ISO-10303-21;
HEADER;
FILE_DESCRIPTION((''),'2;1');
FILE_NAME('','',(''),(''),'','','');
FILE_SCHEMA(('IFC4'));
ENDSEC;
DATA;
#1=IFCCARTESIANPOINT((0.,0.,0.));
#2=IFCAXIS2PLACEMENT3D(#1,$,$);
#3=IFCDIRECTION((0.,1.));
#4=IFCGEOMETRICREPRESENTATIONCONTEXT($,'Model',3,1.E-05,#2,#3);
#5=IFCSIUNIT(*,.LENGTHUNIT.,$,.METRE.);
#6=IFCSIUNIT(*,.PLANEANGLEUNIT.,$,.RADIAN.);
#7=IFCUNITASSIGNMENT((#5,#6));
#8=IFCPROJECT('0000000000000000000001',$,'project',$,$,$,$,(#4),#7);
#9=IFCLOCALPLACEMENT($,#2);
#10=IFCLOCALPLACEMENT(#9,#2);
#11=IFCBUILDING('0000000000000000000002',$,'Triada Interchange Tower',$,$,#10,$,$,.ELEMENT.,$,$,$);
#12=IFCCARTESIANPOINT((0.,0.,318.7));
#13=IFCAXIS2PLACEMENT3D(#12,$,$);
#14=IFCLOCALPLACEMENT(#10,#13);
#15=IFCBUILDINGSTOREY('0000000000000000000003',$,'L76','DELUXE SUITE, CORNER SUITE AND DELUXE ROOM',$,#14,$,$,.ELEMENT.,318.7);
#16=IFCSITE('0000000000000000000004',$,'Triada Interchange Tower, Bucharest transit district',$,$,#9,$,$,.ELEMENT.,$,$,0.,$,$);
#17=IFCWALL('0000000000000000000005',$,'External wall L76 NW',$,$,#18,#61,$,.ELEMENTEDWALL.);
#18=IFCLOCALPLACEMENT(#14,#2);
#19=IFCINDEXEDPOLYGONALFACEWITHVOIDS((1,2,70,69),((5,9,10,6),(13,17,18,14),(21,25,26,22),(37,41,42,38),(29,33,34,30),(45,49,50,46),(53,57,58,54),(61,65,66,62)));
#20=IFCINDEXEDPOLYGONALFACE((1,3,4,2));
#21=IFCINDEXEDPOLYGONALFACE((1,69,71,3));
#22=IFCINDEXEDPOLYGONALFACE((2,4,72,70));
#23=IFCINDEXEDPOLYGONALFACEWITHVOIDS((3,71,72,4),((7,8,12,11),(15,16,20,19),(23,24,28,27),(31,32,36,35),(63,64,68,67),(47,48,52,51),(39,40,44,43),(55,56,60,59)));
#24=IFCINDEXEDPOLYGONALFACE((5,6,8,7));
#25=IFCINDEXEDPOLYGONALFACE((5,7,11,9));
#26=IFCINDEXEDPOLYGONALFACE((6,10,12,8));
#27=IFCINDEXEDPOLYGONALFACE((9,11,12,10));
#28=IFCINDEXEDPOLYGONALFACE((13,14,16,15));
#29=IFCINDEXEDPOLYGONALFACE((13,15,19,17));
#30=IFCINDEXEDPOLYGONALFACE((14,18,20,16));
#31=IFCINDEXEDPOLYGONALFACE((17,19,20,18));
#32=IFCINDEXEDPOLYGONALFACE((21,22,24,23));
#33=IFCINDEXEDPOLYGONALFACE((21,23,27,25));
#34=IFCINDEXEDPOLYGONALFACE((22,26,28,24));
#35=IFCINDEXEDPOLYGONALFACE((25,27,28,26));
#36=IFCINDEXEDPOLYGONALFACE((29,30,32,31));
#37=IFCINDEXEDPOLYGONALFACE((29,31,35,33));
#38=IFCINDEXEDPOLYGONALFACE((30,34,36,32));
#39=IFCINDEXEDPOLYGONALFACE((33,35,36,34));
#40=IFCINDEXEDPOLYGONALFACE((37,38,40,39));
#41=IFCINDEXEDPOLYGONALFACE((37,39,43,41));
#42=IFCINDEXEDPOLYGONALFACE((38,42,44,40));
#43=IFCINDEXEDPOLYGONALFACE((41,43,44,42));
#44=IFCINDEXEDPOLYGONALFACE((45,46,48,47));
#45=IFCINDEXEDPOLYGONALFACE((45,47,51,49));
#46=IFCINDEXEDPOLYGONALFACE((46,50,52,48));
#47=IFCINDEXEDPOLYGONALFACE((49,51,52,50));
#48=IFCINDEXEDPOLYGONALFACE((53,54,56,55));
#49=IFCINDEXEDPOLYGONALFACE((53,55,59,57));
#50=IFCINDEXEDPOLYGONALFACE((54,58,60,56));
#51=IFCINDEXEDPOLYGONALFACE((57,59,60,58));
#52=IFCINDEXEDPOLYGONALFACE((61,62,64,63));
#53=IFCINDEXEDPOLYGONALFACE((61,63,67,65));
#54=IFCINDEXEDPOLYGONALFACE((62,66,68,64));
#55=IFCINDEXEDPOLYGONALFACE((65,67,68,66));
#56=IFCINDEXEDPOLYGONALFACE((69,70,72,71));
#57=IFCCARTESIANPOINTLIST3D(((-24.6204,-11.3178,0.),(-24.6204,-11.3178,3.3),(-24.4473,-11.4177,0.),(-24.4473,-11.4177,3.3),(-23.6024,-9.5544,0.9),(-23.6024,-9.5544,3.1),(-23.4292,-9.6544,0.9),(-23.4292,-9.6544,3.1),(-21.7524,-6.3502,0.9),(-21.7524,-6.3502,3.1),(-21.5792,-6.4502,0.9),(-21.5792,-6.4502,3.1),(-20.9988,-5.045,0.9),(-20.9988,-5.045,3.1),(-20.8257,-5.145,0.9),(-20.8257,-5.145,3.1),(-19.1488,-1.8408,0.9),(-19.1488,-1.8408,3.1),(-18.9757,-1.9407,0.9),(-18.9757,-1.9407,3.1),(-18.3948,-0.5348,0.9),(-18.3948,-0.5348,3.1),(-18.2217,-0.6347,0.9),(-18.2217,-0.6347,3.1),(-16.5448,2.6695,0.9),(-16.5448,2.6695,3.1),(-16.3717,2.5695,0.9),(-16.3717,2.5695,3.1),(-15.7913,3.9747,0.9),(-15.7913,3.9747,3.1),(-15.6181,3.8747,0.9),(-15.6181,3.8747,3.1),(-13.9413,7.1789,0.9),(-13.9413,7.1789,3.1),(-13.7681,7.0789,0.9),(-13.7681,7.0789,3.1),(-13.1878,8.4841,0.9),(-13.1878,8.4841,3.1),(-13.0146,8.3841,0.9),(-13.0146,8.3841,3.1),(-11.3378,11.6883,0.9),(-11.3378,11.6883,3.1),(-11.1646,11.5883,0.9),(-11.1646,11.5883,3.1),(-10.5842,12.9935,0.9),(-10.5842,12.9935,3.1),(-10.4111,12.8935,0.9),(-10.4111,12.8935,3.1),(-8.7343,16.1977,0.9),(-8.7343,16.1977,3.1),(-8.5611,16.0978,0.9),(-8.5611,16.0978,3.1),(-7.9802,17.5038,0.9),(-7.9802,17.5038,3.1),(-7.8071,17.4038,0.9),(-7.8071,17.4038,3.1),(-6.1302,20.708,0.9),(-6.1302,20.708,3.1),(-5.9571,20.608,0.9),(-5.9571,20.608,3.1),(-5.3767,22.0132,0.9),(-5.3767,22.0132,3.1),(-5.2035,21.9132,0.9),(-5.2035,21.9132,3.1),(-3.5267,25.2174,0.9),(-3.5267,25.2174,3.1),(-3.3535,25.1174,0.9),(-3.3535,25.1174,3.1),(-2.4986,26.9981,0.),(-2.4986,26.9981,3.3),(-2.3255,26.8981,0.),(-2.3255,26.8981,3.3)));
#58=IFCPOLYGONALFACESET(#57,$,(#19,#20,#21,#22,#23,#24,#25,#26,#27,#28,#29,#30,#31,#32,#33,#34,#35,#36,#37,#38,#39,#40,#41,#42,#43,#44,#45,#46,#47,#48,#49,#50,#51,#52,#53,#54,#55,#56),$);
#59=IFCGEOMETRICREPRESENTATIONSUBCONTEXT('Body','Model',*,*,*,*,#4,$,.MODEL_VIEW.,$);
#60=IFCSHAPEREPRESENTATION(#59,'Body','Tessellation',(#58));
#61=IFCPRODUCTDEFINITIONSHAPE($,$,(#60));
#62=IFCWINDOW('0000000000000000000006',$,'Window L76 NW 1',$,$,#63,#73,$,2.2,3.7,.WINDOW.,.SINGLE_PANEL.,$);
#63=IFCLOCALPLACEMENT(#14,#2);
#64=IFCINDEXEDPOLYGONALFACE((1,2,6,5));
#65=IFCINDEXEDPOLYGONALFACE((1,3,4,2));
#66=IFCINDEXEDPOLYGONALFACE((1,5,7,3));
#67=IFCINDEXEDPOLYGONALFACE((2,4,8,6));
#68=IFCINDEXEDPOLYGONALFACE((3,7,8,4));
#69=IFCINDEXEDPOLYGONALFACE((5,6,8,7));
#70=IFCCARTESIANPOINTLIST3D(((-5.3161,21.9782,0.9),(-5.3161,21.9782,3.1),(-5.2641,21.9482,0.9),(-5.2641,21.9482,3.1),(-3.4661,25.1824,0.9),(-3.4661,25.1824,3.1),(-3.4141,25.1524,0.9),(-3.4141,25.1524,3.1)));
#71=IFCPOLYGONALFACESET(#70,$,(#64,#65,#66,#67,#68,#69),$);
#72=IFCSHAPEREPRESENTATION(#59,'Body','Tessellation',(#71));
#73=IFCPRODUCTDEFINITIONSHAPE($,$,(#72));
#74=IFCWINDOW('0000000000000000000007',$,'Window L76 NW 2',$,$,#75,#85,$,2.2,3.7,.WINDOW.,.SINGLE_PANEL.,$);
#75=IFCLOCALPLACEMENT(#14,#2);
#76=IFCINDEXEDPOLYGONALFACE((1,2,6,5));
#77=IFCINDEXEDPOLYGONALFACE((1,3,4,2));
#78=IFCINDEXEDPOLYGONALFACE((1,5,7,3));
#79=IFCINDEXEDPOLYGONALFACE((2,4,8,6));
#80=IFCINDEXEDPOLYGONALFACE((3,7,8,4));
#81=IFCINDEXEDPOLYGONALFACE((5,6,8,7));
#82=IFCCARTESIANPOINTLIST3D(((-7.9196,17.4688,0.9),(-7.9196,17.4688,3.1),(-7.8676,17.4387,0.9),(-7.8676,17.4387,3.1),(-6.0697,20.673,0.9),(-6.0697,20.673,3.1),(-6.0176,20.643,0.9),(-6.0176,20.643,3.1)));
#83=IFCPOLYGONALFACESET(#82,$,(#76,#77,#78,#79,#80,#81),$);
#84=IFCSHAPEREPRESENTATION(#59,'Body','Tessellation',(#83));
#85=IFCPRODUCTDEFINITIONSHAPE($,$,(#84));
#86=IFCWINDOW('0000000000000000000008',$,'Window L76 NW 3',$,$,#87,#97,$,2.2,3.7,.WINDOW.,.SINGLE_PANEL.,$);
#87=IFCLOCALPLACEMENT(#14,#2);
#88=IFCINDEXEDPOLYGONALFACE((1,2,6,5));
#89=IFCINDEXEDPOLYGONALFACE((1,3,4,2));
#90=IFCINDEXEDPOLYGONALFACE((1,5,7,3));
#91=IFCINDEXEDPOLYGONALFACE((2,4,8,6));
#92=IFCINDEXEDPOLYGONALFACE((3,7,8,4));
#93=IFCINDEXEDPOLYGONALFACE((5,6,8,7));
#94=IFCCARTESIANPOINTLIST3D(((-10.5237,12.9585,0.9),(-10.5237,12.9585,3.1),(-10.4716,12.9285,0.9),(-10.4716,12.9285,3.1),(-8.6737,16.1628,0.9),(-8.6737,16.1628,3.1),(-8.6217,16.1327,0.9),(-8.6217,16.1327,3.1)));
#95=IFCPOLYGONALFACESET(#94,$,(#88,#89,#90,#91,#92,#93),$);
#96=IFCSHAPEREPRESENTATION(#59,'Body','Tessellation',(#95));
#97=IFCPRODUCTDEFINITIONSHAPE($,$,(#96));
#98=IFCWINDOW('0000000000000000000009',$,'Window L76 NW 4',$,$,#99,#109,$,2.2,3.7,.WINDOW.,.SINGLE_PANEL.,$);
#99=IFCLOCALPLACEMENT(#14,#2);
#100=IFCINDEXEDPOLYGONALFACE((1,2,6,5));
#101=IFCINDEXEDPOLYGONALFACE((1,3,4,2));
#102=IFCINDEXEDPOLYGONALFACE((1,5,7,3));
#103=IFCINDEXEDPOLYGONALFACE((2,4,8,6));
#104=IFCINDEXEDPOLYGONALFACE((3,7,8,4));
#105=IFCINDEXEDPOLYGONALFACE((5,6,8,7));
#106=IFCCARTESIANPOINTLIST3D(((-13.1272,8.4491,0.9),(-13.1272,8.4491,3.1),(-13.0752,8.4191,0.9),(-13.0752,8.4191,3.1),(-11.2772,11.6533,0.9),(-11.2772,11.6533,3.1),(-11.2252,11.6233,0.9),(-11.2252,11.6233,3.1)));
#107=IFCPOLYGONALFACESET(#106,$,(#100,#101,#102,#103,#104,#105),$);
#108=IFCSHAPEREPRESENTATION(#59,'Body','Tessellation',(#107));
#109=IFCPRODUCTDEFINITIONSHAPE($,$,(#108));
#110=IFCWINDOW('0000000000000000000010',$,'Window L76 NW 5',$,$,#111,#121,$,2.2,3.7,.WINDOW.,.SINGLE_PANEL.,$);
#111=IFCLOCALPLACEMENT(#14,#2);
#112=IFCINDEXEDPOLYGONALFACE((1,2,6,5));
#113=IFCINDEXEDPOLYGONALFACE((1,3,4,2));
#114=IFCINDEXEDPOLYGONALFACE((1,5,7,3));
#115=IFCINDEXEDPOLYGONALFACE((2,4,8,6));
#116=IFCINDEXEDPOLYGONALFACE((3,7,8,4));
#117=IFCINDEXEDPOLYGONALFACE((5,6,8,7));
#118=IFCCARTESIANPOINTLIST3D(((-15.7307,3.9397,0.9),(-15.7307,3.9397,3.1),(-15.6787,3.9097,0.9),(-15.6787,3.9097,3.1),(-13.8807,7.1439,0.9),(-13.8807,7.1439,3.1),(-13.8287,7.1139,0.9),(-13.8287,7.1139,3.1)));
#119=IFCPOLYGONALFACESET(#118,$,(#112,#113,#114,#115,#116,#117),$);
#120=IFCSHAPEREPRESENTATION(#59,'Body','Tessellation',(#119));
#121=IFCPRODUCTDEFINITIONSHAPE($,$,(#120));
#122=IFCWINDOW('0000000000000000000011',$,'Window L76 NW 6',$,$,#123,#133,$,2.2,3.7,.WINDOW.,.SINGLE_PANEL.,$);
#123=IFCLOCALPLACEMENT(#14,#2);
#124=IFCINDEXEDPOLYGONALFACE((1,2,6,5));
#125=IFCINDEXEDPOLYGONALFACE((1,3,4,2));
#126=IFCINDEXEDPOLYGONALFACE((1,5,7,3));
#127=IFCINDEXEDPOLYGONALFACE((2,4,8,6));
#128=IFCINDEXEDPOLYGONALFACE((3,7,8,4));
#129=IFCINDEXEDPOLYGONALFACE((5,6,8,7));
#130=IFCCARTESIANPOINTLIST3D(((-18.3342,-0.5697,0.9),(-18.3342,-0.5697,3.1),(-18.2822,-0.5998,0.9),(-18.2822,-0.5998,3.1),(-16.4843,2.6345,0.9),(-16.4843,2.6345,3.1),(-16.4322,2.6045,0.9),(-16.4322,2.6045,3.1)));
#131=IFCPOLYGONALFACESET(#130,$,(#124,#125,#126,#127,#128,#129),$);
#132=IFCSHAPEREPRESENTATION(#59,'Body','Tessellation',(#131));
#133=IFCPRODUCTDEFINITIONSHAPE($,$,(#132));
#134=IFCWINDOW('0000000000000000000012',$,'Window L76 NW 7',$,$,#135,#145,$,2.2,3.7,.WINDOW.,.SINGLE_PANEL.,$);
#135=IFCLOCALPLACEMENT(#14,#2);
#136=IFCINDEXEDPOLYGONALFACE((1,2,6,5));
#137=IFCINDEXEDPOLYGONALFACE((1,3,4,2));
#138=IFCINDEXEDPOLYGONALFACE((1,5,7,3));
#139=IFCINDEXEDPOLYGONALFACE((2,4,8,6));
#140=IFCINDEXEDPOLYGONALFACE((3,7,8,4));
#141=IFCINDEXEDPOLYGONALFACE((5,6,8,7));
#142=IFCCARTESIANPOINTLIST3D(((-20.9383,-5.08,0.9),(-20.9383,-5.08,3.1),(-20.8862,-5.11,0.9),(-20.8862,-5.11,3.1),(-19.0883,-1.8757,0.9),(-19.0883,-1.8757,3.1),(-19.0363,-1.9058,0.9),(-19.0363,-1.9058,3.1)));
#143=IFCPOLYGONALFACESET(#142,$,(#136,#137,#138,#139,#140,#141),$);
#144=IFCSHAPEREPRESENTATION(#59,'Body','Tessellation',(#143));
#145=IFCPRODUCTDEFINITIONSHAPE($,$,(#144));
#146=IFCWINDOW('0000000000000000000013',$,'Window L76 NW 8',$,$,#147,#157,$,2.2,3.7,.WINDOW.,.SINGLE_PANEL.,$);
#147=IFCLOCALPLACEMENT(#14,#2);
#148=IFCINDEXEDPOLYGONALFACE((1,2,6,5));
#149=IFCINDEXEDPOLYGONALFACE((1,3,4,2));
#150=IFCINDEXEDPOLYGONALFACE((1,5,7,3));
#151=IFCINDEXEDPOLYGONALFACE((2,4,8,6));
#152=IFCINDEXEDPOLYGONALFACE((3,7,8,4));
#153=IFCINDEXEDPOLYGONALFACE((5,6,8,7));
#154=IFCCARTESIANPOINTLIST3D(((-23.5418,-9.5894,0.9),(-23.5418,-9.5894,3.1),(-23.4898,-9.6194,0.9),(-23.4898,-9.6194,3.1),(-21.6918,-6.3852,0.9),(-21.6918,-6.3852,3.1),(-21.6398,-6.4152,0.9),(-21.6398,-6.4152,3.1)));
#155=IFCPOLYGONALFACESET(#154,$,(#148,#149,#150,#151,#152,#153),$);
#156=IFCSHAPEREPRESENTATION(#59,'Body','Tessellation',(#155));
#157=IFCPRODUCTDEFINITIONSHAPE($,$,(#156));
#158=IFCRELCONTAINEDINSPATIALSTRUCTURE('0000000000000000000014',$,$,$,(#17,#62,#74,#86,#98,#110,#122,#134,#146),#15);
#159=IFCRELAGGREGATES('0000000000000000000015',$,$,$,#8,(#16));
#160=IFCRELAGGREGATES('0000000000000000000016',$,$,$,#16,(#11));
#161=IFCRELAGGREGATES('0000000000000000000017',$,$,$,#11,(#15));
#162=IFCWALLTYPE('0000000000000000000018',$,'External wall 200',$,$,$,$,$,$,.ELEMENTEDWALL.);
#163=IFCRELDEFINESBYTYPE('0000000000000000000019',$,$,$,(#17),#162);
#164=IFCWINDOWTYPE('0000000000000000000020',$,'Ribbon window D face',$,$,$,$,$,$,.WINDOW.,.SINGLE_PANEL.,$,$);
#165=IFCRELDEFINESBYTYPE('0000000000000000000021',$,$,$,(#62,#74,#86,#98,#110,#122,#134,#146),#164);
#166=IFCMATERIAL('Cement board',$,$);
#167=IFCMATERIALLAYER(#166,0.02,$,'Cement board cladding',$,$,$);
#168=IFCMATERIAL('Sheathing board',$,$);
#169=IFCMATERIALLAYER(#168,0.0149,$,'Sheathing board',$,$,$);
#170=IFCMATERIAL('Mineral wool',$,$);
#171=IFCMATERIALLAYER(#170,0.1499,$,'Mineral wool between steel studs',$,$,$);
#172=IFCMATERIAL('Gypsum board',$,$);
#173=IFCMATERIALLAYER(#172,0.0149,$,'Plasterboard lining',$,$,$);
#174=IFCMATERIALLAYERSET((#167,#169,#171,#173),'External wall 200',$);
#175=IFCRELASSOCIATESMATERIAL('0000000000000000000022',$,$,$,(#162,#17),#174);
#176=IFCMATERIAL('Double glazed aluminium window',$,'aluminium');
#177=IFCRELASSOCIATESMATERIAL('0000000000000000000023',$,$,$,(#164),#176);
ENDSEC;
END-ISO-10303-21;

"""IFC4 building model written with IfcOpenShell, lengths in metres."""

from ifc_helpers import new_model, si_unit, direction, frame, frame_2d, origin, place, context, subcontext, project, spatial, rectangle, extrude, material, layer, layer_set, layer_usage, type_object, element, fill, save


model = new_model("IFC4")

# Units and contexts
model_context = context("Model", 3, precision=1e-05, world=origin(), true_north=direction((0.0, 1.0)))
body_context = subcontext(model_context, "Body", "Model", "MODEL_VIEW")
ifc_project = project(units=[si_unit("LENGTHUNIT", "METRE"), si_unit("PLANEANGLEUNIT", "RADIAN")], contexts=[model_context])

# Site, building, storey
site_placement = place(None, origin())
site = spatial("IfcSite", under=ifc_project, at=site_placement, Name="Triada Interchange Tower, Bucharest transit district", CompositionType="ELEMENT", RefElevation=0.0)
building_placement = place(site_placement, origin())
building = spatial("IfcBuilding", under=site, at=building_placement, Name="Triada Interchange Tower", CompositionType="ELEMENT")
storey_placement = place(building_placement, frame((0.0, 0.0, 318.7)))
storey = spatial("IfcBuildingStorey", under=building, at=storey_placement, Name="L76", Description="DELUXE SUITE, CORNER SUITE AND DELUXE ROOM", CompositionType="ELEMENT", Elevation=318.7)

# Wall, openings, windows
ifc_material_1 = material(Name="Cement board")
ifc_layer_1 = layer(ifc_material_1, 0.02, Name="Cement board cladding")
ifc_material_2 = material(Name="Sheathing board")
ifc_layer_2 = layer(ifc_material_2, 0.0149, Name="Sheathing board")
ifc_material_3 = material(Name="Mineral wool")
ifc_layer_3 = layer(ifc_material_3, 0.1499, Name="Mineral wool between steel studs")
ifc_material_4 = material(Name="Gypsum board")
ifc_layer_4 = layer(ifc_material_4, 0.0149, Name="Plasterboard lining")
ifc_layer_set_1 = layer_set([ifc_layer_1, ifc_layer_2, ifc_layer_3, ifc_layer_4], Name="External wall 200")
ifc_layer_usage = layer_usage(ifc_layer_set_1, "AXIS2", "POSITIVE", -0.1001)
wall_type = type_object("IfcWallType", Name="External wall 200", PredefinedType="ELEMENTEDWALL", material=ifc_layer_set_1)
wall_placement = place(storey_placement, frame((-2.4121, 26.948, 0.0), z_axis=(0.0, 0.0, 1.0), x_axis=(-0.500002, -0.866024, 0.0)))
wall = element("IfcWall", 1, at=wall_placement, inside=storey, type_object=wall_type, material=ifc_layer_usage, Name="External wall L76 NW", PredefinedType="ELEMENTEDWALL", context=body_context, shape_type="SweptSolid", body=[
    extrude(rectangle(XDim=44.2434, YDim=0.2, at=frame_2d((22.1216, 0.0))), origin(), (0.0, 0.0, 1.0), 3.3),
])
opening_1_placement = place(wall_placement, frame((2.0559, 0.0, 0.8999)))
opening_1 = element("IfcOpeningElement", 2, at=opening_1_placement, cuts=wall, PredefinedType="OPENING", context=body_context, shape_type="SweptSolid", body=[
    extrude(rectangle(XDim=3.7, YDim=2.2, at=frame_2d((1.8501, 1.1001))), frame((0.0, 0.1099, 0.0), z_axis=(0.0, -1.0, 0.0), x_axis=(1.0, 0.0, 0.0)), (0.0, 0.0, 1.0), 0.22),
])
opening_2_placement = place(wall_placement, frame((7.2629, 0.0, 0.8999)))
opening_2 = element("IfcOpeningElement", 3, at=opening_2_placement, cuts=wall, PredefinedType="OPENING", context=body_context, shape_type="SweptSolid", body=[
    extrude(rectangle(XDim=3.7, YDim=2.2, at=frame_2d((1.8501, 1.1001))), frame((0.0, 0.1099, 0.0), z_axis=(0.0, -1.0, 0.0), x_axis=(1.0, 0.0, 0.0)), (0.0, 0.0, 1.0), 0.22),
])
opening_3_placement = place(wall_placement, frame((12.4709, 0.0, 0.8999)))
opening_3 = element("IfcOpeningElement", 4, at=opening_3_placement, cuts=wall, PredefinedType="OPENING", context=body_context, shape_type="SweptSolid", body=[
    extrude(rectangle(XDim=3.7, YDim=2.2, at=frame_2d((1.8501, 1.1001))), frame((0.0, 0.1099, 0.0), z_axis=(0.0, -1.0, 0.0), x_axis=(1.0, 0.0, 0.0)), (0.0, 0.0, 1.0), 0.22),
])
opening_4_placement = place(wall_placement, frame((17.678, 0.0, 0.8999)))
opening_4 = element("IfcOpeningElement", 5, at=opening_4_placement, cuts=wall, PredefinedType="OPENING", context=body_context, shape_type="SweptSolid", body=[
    extrude(rectangle(XDim=3.7, YDim=2.2, at=frame_2d((1.8501, 1.1001))), frame((0.0, 0.1099, 0.0), z_axis=(0.0, -1.0, 0.0), x_axis=(1.0, 0.0, 0.0)), (0.0, 0.0, 1.0), 0.22),
])
opening_5_placement = place(wall_placement, frame((22.885, 0.0, 0.8999)))
opening_5 = element("IfcOpeningElement", 6, at=opening_5_placement, cuts=wall, PredefinedType="OPENING", context=body_context, shape_type="SweptSolid", body=[
    extrude(rectangle(XDim=3.7, YDim=2.2, at=frame_2d((1.8501, 1.1001))), frame((0.0, 0.1099, 0.0), z_axis=(0.0, -1.0, 0.0), x_axis=(1.0, 0.0, 0.0)), (0.0, 0.0, 1.0), 0.22),
])
opening_6_placement = place(wall_placement, frame((28.092, 0.0, 0.8999)))
opening_6 = element("IfcOpeningElement", 7, at=opening_6_placement, cuts=wall, PredefinedType="OPENING", context=body_context, shape_type="SweptSolid", body=[
    extrude(rectangle(XDim=3.7, YDim=2.2, at=frame_2d((1.8501, 1.1001))), frame((0.0, 0.1099, 0.0), z_axis=(0.0, -1.0, 0.0), x_axis=(1.0, 0.0, 0.0)), (0.0, 0.0, 1.0), 0.22),
])
opening_7_placement = place(wall_placement, frame((33.3, 0.0, 0.8999)))
opening_7 = element("IfcOpeningElement", 8, at=opening_7_placement, cuts=wall, PredefinedType="OPENING", context=body_context, shape_type="SweptSolid", body=[
    extrude(rectangle(XDim=3.7, YDim=2.2, at=frame_2d((1.8501, 1.1001))), frame((0.0, 0.1099, 0.0), z_axis=(0.0, -1.0, 0.0), x_axis=(1.0, 0.0, 0.0)), (0.0, 0.0, 1.0), 0.22),
])
opening_8_placement = place(wall_placement, frame((38.5071, 0.0, 0.8999)))
opening_8 = element("IfcOpeningElement", 9, at=opening_8_placement, cuts=wall, PredefinedType="OPENING", context=body_context, shape_type="SweptSolid", body=[
    extrude(rectangle(XDim=3.7, YDim=2.2, at=frame_2d((1.8501, 1.1001))), frame((0.0, 0.1099, 0.0), z_axis=(0.0, -1.0, 0.0), x_axis=(1.0, 0.0, 0.0)), (0.0, 0.0, 1.0), 0.22),
])
ifc_material_5 = material(Name="Double glazed aluminium window", Category="aluminium")
window_type = type_object("IfcWindowType", Name="Ribbon window D face", PartitioningType="SINGLE_PANEL", PredefinedType="WINDOW", material=ifc_material_5)
window_1_placement = place(opening_1_placement, origin())
window_1 = element("IfcWindow", 10, at=window_1_placement, inside=storey, type_object=window_type, Name="Window L76 NW 1", OverallHeight=2.2, OverallWidth=3.7, PartitioningType="SINGLE_PANEL", PredefinedType="WINDOW", context=body_context, shape_type="SweptSolid", body=[
    extrude(rectangle(XDim=3.7, YDim=2.2, at=frame_2d((1.8501, 1.1001))), frame((0.0, 0.03, 0.0), z_axis=(0.0, -1.0, 0.0), x_axis=(1.0, 0.0, 0.0)), (0.0, 0.0, 1.0), 0.0601),
])
fill(opening_1, window_1)
window_2_placement = place(opening_2_placement, origin())
window_2 = element("IfcWindow", 11, at=window_2_placement, inside=storey, type_object=window_type, Name="Window L76 NW 2", OverallHeight=2.2, OverallWidth=3.7, PartitioningType="SINGLE_PANEL", PredefinedType="WINDOW", context=body_context, shape_type="SweptSolid", body=[
    extrude(rectangle(XDim=3.7, YDim=2.2, at=frame_2d((1.8501, 1.1001))), frame((0.0, 0.03, 0.0), z_axis=(0.0, -1.0, 0.0), x_axis=(1.0, 0.0, 0.0)), (0.0, 0.0, 1.0), 0.0601),
])
fill(opening_2, window_2)
window_3_placement = place(opening_3_placement, origin())
window_3 = element("IfcWindow", 12, at=window_3_placement, inside=storey, type_object=window_type, Name="Window L76 NW 3", OverallHeight=2.2, OverallWidth=3.7, PartitioningType="SINGLE_PANEL", PredefinedType="WINDOW", context=body_context, shape_type="SweptSolid", body=[
    extrude(rectangle(XDim=3.7, YDim=2.2, at=frame_2d((1.8501, 1.1001))), frame((0.0, 0.03, 0.0), z_axis=(0.0, -1.0, 0.0), x_axis=(1.0, 0.0, 0.0)), (0.0, 0.0, 1.0), 0.0601),
])
fill(opening_3, window_3)
window_4_placement = place(opening_4_placement, origin())
window_4 = element("IfcWindow", 13, at=window_4_placement, inside=storey, type_object=window_type, Name="Window L76 NW 4", OverallHeight=2.2, OverallWidth=3.7, PartitioningType="SINGLE_PANEL", PredefinedType="WINDOW", context=body_context, shape_type="SweptSolid", body=[
    extrude(rectangle(XDim=3.7, YDim=2.2, at=frame_2d((1.8501, 1.1001))), frame((0.0, 0.03, 0.0), z_axis=(0.0, -1.0, 0.0), x_axis=(1.0, 0.0, 0.0)), (0.0, 0.0, 1.0), 0.0601),
])
fill(opening_4, window_4)
window_5_placement = place(opening_5_placement, origin())
window_5 = element("IfcWindow", 14, at=window_5_placement, inside=storey, type_object=window_type, Name="Window L76 NW 5", OverallHeight=2.2, OverallWidth=3.7, PartitioningType="SINGLE_PANEL", PredefinedType="WINDOW", context=body_context, shape_type="SweptSolid", body=[
    extrude(rectangle(XDim=3.7, YDim=2.2, at=frame_2d((1.8501, 1.1001))), frame((0.0, 0.03, 0.0), z_axis=(0.0, -1.0, 0.0), x_axis=(1.0, 0.0, 0.0)), (0.0, 0.0, 1.0), 0.0601),
])
fill(opening_5, window_5)
window_6_placement = place(opening_6_placement, origin())
window_6 = element("IfcWindow", 15, at=window_6_placement, inside=storey, type_object=window_type, Name="Window L76 NW 6", OverallHeight=2.2, OverallWidth=3.7, PartitioningType="SINGLE_PANEL", PredefinedType="WINDOW", context=body_context, shape_type="SweptSolid", body=[
    extrude(rectangle(XDim=3.7, YDim=2.2, at=frame_2d((1.8501, 1.1001))), frame((0.0, 0.03, 0.0), z_axis=(0.0, -1.0, 0.0), x_axis=(1.0, 0.0, 0.0)), (0.0, 0.0, 1.0), 0.0601),
])
fill(opening_6, window_6)
window_7_placement = place(opening_7_placement, origin())
window_7 = element("IfcWindow", 16, at=window_7_placement, inside=storey, type_object=window_type, Name="Window L76 NW 7", OverallHeight=2.2, OverallWidth=3.7, PartitioningType="SINGLE_PANEL", PredefinedType="WINDOW", context=body_context, shape_type="SweptSolid", body=[
    extrude(rectangle(XDim=3.7, YDim=2.2, at=frame_2d((1.8501, 1.1001))), frame((0.0, 0.03, 0.0), z_axis=(0.0, -1.0, 0.0), x_axis=(1.0, 0.0, 0.0)), (0.0, 0.0, 1.0), 0.0601),
])
fill(opening_7, window_7)
window_8_placement = place(opening_8_placement, origin())
window_8 = element("IfcWindow", 17, at=window_8_placement, inside=storey, type_object=window_type, Name="Window L76 NW 8", OverallHeight=2.2, OverallWidth=3.7, PartitioningType="SINGLE_PANEL", PredefinedType="WINDOW", context=body_context, shape_type="SweptSolid", body=[
    extrude(rectangle(XDim=3.7, YDim=2.2, at=frame_2d((1.8501, 1.1001))), frame((0.0, 0.03, 0.0), z_axis=(0.0, -1.0, 0.0), x_axis=(1.0, 0.0, 0.0)), (0.0, 0.0, 1.0), 0.0601),
])
fill(opening_8, window_8)

save(model, "model.ifc")
